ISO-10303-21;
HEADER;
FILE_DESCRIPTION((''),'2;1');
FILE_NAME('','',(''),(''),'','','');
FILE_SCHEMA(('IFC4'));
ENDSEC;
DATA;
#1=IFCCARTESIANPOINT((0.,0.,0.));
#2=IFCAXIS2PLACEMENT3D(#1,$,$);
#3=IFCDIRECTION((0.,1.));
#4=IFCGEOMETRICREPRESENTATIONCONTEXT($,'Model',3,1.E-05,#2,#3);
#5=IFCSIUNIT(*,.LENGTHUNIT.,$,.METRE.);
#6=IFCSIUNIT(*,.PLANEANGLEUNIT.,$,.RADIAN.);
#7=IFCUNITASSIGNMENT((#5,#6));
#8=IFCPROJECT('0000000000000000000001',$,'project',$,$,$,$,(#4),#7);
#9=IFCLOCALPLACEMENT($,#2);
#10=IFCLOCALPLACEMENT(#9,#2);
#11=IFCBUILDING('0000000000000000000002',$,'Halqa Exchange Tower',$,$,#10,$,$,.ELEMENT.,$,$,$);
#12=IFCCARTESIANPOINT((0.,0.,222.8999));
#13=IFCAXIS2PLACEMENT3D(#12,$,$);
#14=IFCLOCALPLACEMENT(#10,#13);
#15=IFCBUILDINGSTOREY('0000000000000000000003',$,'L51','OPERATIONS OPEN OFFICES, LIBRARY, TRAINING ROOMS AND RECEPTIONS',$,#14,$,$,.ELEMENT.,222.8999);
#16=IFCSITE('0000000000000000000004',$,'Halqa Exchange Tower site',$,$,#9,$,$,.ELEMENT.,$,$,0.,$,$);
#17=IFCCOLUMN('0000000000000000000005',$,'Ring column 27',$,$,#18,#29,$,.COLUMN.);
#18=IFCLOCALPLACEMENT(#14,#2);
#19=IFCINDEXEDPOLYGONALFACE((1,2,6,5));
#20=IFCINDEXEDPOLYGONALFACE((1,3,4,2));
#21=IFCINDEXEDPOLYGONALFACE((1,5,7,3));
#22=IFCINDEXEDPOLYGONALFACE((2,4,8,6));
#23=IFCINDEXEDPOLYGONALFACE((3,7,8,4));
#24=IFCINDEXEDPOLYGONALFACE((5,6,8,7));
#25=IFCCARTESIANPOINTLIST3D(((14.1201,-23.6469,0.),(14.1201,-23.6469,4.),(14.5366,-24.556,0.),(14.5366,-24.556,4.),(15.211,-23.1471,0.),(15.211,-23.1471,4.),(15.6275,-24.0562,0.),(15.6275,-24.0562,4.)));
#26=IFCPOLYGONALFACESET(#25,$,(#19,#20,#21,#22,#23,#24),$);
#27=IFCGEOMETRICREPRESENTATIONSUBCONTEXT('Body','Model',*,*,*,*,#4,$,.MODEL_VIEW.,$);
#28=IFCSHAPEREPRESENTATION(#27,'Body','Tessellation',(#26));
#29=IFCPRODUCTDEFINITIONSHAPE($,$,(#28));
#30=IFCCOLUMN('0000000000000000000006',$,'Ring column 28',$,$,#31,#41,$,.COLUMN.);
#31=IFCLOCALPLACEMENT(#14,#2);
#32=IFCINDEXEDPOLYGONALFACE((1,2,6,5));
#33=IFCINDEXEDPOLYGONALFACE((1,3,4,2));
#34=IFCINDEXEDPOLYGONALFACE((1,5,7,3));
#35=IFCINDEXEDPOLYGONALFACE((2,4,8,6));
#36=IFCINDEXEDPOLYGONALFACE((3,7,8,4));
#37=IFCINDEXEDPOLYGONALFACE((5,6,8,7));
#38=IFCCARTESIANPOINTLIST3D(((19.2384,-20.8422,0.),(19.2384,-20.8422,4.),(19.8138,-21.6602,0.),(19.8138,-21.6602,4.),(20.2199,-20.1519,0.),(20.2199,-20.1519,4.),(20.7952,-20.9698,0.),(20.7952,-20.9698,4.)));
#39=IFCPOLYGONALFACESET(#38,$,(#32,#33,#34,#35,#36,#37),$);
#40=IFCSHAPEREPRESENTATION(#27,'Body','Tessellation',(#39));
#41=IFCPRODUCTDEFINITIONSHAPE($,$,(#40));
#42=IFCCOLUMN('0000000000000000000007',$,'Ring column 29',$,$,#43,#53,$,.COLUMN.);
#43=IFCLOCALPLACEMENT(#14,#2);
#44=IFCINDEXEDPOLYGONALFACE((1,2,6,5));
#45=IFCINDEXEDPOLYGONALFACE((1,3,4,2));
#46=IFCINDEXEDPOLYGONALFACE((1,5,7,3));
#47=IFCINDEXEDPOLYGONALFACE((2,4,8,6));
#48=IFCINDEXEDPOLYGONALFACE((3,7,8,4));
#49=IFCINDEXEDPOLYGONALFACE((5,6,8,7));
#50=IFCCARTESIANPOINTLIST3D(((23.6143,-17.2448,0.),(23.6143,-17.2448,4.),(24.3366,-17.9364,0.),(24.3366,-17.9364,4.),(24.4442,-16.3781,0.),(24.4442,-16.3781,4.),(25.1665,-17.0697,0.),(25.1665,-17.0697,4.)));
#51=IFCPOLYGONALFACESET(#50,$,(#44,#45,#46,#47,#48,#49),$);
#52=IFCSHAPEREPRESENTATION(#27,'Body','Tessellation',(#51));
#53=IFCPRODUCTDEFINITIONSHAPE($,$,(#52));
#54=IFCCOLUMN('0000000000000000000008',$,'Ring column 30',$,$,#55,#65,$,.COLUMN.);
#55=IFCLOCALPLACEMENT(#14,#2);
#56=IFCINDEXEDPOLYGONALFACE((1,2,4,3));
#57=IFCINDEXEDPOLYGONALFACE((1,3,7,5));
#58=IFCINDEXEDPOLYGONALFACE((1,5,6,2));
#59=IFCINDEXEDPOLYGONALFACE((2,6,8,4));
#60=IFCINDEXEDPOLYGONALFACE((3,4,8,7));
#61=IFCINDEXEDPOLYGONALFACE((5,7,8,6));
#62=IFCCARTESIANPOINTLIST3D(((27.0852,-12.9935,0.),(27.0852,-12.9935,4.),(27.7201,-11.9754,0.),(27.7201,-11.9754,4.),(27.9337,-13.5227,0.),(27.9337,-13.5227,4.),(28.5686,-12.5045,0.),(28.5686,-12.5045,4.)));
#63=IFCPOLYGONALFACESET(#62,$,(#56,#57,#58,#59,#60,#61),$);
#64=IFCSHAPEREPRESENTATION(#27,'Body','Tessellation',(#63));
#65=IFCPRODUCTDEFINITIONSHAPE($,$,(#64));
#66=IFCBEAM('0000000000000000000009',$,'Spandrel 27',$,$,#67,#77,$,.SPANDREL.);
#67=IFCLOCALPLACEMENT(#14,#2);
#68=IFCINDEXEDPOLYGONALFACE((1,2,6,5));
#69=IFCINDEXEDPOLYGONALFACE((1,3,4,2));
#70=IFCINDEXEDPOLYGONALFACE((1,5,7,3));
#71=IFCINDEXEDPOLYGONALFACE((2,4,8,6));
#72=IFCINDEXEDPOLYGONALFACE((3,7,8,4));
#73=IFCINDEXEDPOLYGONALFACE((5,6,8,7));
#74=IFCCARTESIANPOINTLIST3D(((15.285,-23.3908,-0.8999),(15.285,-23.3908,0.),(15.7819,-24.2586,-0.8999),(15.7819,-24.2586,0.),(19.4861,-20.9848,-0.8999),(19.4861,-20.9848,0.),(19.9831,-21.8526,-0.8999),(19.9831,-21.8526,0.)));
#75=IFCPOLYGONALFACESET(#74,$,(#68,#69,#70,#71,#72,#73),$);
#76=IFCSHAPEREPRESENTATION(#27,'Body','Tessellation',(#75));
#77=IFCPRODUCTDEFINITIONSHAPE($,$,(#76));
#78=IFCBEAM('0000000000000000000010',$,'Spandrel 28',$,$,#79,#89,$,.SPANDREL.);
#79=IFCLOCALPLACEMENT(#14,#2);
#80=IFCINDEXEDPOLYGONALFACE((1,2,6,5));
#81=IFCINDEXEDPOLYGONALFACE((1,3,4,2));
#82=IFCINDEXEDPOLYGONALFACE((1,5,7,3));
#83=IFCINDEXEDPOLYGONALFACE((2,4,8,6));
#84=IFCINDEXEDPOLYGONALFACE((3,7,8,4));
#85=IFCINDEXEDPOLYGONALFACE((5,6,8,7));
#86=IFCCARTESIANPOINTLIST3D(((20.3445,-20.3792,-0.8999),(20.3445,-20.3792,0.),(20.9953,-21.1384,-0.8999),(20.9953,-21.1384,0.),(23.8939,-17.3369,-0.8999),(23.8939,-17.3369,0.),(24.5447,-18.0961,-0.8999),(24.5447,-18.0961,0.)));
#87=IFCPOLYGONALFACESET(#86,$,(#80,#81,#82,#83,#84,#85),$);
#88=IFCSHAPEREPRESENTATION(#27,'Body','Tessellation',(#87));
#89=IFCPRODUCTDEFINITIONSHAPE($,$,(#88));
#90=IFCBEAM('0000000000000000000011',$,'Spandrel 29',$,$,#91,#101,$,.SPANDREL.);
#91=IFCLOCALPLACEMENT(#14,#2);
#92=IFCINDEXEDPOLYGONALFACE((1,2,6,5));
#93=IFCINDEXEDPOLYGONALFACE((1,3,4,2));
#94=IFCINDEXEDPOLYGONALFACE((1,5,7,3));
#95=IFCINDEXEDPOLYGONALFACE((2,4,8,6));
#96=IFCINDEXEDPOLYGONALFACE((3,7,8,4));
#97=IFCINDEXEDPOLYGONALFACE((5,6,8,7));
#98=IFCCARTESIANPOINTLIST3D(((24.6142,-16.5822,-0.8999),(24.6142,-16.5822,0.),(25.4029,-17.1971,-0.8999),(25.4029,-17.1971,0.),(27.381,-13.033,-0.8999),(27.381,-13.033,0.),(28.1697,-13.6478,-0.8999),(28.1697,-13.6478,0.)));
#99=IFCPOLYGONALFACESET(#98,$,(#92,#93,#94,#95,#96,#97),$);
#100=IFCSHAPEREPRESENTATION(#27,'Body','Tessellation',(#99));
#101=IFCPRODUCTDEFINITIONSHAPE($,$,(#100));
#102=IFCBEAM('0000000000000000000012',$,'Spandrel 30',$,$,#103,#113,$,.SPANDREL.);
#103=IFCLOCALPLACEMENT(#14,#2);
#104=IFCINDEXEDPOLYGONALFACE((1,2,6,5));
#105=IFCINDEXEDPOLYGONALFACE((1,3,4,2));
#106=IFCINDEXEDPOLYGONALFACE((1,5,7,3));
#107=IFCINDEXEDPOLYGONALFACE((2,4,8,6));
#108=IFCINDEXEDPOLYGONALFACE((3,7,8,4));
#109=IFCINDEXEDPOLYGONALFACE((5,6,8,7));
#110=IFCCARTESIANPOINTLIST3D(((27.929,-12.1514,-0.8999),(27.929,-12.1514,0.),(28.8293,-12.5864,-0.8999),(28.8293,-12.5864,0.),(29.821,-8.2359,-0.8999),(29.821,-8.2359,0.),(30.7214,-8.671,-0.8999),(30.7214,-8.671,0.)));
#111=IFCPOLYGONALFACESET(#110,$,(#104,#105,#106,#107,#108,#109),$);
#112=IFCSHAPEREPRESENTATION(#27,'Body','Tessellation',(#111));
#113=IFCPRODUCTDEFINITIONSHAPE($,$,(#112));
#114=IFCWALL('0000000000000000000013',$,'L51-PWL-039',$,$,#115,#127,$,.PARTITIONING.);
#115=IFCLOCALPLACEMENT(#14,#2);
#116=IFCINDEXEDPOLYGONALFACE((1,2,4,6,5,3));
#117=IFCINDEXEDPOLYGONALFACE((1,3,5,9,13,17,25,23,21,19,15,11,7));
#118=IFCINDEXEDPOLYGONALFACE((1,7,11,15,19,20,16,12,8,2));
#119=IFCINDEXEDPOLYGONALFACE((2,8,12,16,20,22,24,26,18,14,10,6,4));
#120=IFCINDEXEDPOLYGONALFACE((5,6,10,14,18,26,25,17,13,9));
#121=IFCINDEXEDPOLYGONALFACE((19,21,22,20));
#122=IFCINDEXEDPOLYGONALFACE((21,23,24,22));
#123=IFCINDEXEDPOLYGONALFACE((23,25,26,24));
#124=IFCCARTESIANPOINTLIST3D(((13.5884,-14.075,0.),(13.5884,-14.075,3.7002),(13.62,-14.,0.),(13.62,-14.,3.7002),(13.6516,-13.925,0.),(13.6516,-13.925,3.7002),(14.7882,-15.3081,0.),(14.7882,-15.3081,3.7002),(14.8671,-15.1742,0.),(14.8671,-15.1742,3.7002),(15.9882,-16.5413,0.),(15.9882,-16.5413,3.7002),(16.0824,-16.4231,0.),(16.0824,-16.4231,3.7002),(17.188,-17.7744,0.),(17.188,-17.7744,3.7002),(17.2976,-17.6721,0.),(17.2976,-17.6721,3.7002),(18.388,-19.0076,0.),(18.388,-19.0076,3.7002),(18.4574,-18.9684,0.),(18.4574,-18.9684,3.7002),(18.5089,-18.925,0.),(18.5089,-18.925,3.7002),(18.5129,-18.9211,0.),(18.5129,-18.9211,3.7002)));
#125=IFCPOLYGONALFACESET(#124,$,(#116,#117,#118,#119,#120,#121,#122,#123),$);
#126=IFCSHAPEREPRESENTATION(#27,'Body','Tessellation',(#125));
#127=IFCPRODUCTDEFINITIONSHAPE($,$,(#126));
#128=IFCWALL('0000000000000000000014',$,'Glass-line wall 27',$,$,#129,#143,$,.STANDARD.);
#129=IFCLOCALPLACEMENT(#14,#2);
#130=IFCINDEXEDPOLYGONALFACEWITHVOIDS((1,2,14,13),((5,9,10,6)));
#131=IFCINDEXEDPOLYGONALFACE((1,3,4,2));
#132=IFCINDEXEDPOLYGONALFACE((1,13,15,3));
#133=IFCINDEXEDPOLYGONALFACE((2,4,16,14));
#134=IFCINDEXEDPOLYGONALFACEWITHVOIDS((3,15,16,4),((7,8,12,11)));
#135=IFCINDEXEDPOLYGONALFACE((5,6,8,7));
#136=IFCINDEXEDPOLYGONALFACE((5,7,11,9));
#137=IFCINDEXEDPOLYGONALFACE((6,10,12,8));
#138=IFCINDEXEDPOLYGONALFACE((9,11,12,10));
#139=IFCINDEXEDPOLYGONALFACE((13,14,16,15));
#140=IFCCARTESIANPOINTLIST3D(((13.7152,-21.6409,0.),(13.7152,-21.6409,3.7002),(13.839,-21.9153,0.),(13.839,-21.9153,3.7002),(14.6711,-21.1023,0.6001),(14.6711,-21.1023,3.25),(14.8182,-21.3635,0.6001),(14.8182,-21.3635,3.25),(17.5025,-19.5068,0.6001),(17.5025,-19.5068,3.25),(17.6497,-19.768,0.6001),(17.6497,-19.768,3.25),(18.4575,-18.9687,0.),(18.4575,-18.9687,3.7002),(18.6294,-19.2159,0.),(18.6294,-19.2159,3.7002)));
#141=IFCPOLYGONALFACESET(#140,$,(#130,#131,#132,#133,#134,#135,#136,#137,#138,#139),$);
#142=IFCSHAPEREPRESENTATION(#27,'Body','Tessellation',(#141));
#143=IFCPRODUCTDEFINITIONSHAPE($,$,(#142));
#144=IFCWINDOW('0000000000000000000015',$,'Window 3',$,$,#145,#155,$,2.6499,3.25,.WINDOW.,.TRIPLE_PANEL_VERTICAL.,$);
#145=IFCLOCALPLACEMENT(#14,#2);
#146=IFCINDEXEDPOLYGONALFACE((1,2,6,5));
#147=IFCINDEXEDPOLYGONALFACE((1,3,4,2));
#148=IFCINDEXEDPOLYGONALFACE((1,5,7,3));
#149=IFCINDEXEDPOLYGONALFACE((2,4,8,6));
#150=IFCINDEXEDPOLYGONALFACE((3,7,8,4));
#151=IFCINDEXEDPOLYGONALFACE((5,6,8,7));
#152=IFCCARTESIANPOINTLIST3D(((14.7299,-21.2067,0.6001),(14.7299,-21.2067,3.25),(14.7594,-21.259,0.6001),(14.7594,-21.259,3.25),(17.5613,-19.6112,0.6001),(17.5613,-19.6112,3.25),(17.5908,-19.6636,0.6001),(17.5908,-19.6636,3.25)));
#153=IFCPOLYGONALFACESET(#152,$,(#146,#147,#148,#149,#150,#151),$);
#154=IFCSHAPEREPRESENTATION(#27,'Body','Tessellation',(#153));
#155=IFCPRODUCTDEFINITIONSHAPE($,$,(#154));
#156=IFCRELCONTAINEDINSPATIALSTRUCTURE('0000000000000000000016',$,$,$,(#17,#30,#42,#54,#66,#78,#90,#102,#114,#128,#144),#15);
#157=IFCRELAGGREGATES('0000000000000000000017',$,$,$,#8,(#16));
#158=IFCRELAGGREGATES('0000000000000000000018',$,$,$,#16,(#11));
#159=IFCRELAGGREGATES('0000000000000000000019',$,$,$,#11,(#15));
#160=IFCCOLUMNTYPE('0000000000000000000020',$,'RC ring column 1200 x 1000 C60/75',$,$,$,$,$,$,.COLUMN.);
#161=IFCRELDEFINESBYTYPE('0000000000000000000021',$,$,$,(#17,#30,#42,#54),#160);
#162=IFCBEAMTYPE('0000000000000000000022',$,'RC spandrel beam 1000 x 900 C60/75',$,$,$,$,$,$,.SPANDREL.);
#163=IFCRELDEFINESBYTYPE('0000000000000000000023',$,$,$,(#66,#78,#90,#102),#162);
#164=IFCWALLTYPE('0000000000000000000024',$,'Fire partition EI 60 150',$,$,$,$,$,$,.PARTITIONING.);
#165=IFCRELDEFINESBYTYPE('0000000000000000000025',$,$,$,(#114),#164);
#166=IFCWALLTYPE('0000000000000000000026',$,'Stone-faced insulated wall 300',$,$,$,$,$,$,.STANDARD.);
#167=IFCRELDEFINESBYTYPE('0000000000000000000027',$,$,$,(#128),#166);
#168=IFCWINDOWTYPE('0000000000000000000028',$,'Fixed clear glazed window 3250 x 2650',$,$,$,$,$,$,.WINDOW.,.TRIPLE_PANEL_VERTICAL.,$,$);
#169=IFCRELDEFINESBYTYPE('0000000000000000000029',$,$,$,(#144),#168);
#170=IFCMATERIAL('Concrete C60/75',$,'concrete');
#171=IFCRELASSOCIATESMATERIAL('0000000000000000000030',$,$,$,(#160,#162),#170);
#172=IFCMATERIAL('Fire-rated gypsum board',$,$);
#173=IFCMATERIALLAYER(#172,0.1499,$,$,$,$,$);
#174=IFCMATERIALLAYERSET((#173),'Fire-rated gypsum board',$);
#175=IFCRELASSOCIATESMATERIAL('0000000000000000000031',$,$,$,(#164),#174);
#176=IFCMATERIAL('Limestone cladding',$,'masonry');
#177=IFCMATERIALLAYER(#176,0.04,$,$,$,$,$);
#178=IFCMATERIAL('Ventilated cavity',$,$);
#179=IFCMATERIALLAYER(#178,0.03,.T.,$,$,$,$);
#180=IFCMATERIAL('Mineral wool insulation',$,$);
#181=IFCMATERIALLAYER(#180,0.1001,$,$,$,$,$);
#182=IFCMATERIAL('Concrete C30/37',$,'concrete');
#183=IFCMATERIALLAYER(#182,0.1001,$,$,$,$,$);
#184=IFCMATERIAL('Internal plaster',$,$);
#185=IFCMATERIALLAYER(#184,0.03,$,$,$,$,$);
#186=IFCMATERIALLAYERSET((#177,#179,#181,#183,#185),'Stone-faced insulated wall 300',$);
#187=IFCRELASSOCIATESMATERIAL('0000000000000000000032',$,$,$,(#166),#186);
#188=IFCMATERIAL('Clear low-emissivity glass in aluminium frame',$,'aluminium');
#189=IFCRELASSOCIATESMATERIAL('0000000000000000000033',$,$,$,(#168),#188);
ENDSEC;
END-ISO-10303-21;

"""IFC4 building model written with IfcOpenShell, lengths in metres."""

from ifc_helpers import new_model, si_unit, direction, frame, frame_2d, origin, origin_2d, place, context, subcontext, project, spatial, polyline, rectangle, outline, extrude, material, layer, layer_set, material_profile, profile_set, type_object, element, fill, save


model = new_model("IFC4")

# Units and contexts
model_context = context("Model", 3, precision=1e-05, world=origin(), true_north=direction((0.0, 1.0)))
body_context = subcontext(model_context, "Body", "Model", "MODEL_VIEW")
ifc_project = project(units=[si_unit("LENGTHUNIT", "METRE"), si_unit("PLANEANGLEUNIT", "RADIAN")], contexts=[model_context])

# Site, building, storey
site_placement = place(None, origin())
site = spatial("IfcSite", under=ifc_project, at=site_placement, Name="Halqa Exchange Tower site", CompositionType="ELEMENT", RefElevation=0.0)
building_placement = place(site_placement, origin())
building = spatial("IfcBuilding", under=site, at=building_placement, Name="Halqa Exchange Tower", CompositionType="ELEMENT")
storey_placement = place(building_placement, frame((0.0, 0.0, 222.8999)))
storey = spatial("IfcBuildingStorey", under=building, at=storey_placement, Name="L51", Description="OPERATIONS OPEN OFFICES, LIBRARY, TRAINING ROOMS AND RECEPTIONS", CompositionType="ELEMENT", Elevation=222.8999)

# Columns
ifc_material_1 = material(Name="Concrete C60/75", Category="concrete")
ifc_material_profile_1 = material_profile(ifc_material_1, rectangle(XDim=1.2, YDim=1.0, at=origin_2d()), Name="1200 x 1000")
ifc_profile_set_1 = profile_set([ifc_material_profile_1], Name="Concrete C60/75")
column_type = type_object("IfcColumnType", Name="RC ring column 1200 x 1000 C60/75", PredefinedType="COLUMN", material=ifc_profile_set_1)
for number, where, z_axis, x_axis, name in (
    (1, (14.8738, -23.8516, 0.0), (0.0, 0.0, 1.0), (0.909129, 0.416516, 0.0), "Ring column 27"),
    (2, (20.0168, -20.906, 0.0), (0.0, 0.0, 1.0), (0.817909, 0.575348, 0.0), "Ring column 28"),
    (3, (24.3904, -17.1572, 0.0), (0.0, 0.0, 1.0), (0.691576, 0.722304, 0.0), "Ring column 29"),
    (4, (27.8269, -12.749, 0.0), (0.0, 0.0, 1.0), (0.529146, 0.848531, 0.0), "Ring column 30"),
):
    element("IfcColumn", number, at=place(storey_placement, frame(where, z_axis=z_axis, x_axis=x_axis)), inside=storey, type_object=column_type, Name=name, PredefinedType="COLUMN", context=body_context, shape_type="SweptSolid", body=[
        extrude(rectangle(XDim=1.2, YDim=1.0, at=origin_2d()), origin(), (0.0, 0.0, 1.0), 4.0),
    ])

# Beams
ifc_material_profile_2 = material_profile(ifc_material_1, rectangle(XDim=1.0, YDim=0.8999, at=origin_2d()), Name="1000 x 900")
ifc_profile_set_2 = profile_set([ifc_material_profile_2], Name="Concrete C60/75")
beam_type = type_object("IfcBeamType", Name="RC spandrel beam 1000 x 900 C60/75", PredefinedType="SPANDREL", material=ifc_profile_set_2)
beam_1_placement = place(storey_placement, frame((15.5334, -23.8247, -0.45), z_axis=(0.867768, 0.49697, 0.0), x_axis=(-0.49697, 0.867768, 0.0)))
element("IfcBeam", 5, at=beam_1_placement, inside=storey, type_object=beam_type, Name="Spandrel 27", PredefinedType="SPANDREL", context=body_context, shape_type="SweptSolid", body=[
    extrude(rectangle(XDim=1.0, YDim=0.8999, at=origin_2d()), origin(), (0.0, 0.0, 1.0), 4.8413),
])
beam_2_placement = place(storey_placement, frame((20.6699, -20.7588, -0.45), z_axis=(0.75926, 0.650787, 0.0), x_axis=(-0.650787, 0.75926, 0.0)))
element("IfcBeam", 6, at=beam_2_placement, inside=storey, type_object=beam_type, Name="Spandrel 28", PredefinedType="SPANDREL", context=body_context, shape_type="SweptSolid", body=[
    extrude(rectangle(XDim=1.0, YDim=0.8999, at=origin_2d()), origin(), (0.0, 0.0, 1.0), 4.6748),
])
beam_3_placement = place(storey_placement, frame((25.0085, -16.8896, -0.45), z_axis=(0.614808, 0.788677, 0.0), x_axis=(-0.788677, 0.614808, 0.0)))
element("IfcBeam", 7, at=beam_3_placement, inside=storey, type_object=beam_type, Name="Spandrel 29", PredefinedType="SPANDREL", context=body_context, shape_type="SweptSolid", body=[
    extrude(rectangle(XDim=1.0, YDim=0.8999, at=origin_2d()), origin(), (0.0, 0.0, 1.0), 4.5002),
])
beam_4_placement = place(storey_placement, frame((28.3792, -12.3689, -0.45), z_axis=(0.435091, 0.900386, 0.0), x_axis=(-0.900386, 0.435091, 0.0)))
element("IfcBeam", 8, at=beam_4_placement, inside=storey, type_object=beam_type, Name="Spandrel 30", PredefinedType="SPANDREL", context=body_context, shape_type="SweptSolid", body=[
    extrude(rectangle(XDim=1.0, YDim=0.8999, at=origin_2d()), origin(), (0.0, 0.0, 1.0), 4.3486),
])

# Wall
ifc_material_2 = material(Name="Fire-rated gypsum board")
ifc_layer_1 = layer(ifc_material_2, 0.1499)
ifc_layer_set_1 = layer_set([ifc_layer_1], Name="Fire-rated gypsum board")
wall_type_1 = type_object("IfcWallType", Name="Fire partition EI 60 150", PredefinedType="PARTITIONING", material=ifc_layer_set_1)
wall_1_placement = place(storey_placement, frame((18.4592, -18.9734, 0.0), z_axis=(0.0, 0.0, 1.0), x_axis=(-0.697374, 0.716707, 0.0)))
element("IfcWall", 9, at=wall_1_placement, inside=storey, type_object=wall_type_1, Name="L51-PWL-039", PredefinedType="PARTITIONING", context=body_context, shape_type="SweptSolid", body=[
    extrude(outline(polyline([(0.0, -0.075), (1.7427, -0.075), (3.4854, -0.075), (5.228, -0.075), (6.9709, -0.075), (6.9392, 0.0), (6.9075, 0.075), (5.187, 0.075), (3.4663, 0.075), (1.7458, 0.075), (0.0251, 0.075), (0.0049, -0.0022), (0.0, -0.0693), (0.0, -0.075)])), origin(), (0.0, 0.0, 1.0), 3.7002),
])

# Wall, opening, window
ifc_material_3 = material(Name="Limestone cladding", Category="masonry")
ifc_layer_2 = layer(ifc_material_3, 0.04)
ifc_material_4 = material(Name="Ventilated cavity")
ifc_layer_3 = layer(ifc_material_4, 0.03, ventilated=True)
ifc_material_5 = material(Name="Mineral wool insulation")
ifc_layer_4 = layer(ifc_material_5, 0.1001)
ifc_material_6 = material(Name="Concrete C30/37", Category="concrete")
ifc_layer_5 = layer(ifc_material_6, 0.1001)
ifc_material_7 = material(Name="Internal plaster")
ifc_layer_6 = layer(ifc_material_7, 0.03)
ifc_layer_set_2 = layer_set([ifc_layer_2, ifc_layer_3, ifc_layer_4, ifc_layer_5, ifc_layer_6], Name="Stone-faced insulated wall 300")
wall_type_2 = type_object("IfcWallType", Name="Stone-faced insulated wall 300", PredefinedType="STANDARD", material=ifc_layer_set_2)
wall_2_placement = place(storey_placement, frame((13.7771, -21.7781, 0.0), z_axis=(0.0, 0.0, 1.0), x_axis=(0.871207, 0.490916, 0.0)))
wall_2 = element("IfcWall", 10, at=wall_2_placement, inside=storey, type_object=wall_type_2, Name="Glass-line wall 27", PredefinedType="STANDARD", context=body_context, shape_type="SweptSolid", body=[
    extrude(outline(polyline([(-0.0134, -0.1499), (5.4851, -0.1499), (5.4568, 0.1499), (0.0134, 0.1499), (-0.0134, -0.1499)])), origin(), (0.0, 0.0, 1.0), 3.7002),
])
opening_1_placement = place(wall_2_placement, frame((1.1106, 0.0, 0.6001)))
opening_1 = element("IfcOpeningElement", 11, at=opening_1_placement, cuts=wall_2, PredefinedType="OPENING", context=body_context, shape_type="SweptSolid", body=[
    extrude(rectangle(XDim=3.25, YDim=2.6499, at=frame_2d((1.625, 1.325))), frame((0.0, 0.1621, 0.0), z_axis=(0.0, -1.0, 0.0), x_axis=(1.0, 0.0, 0.0)), (0.0, 0.0, 1.0), 0.324),
])
ifc_material_8 = material(Name="Clear low-emissivity glass in aluminium frame", Category="aluminium")
window_type = type_object("IfcWindowType", Name="Fixed clear glazed window 3250 x 2650", PartitioningType="TRIPLE_PANEL_VERTICAL", PredefinedType="WINDOW", material=ifc_material_8)
window_1_placement = place(opening_1_placement, origin())
window_1 = element("IfcWindow", 12, at=window_1_placement, inside=storey, type_object=window_type, Name="Window 3", OverallHeight=2.6499, OverallWidth=3.25, PartitioningType="TRIPLE_PANEL_VERTICAL", PredefinedType="WINDOW", context=body_context, shape_type="SweptSolid", body=[
    extrude(rectangle(XDim=3.25, YDim=2.6499, at=frame_2d((1.625, 1.325))), frame((0.0, 0.03, 0.0), z_axis=(0.0, -1.0, 0.0), x_axis=(1.0, 0.0, 0.0)), (0.0, 0.0, 1.0), 0.0601),
])
fill(opening_1, window_1)

save(model, "model.ifc")
